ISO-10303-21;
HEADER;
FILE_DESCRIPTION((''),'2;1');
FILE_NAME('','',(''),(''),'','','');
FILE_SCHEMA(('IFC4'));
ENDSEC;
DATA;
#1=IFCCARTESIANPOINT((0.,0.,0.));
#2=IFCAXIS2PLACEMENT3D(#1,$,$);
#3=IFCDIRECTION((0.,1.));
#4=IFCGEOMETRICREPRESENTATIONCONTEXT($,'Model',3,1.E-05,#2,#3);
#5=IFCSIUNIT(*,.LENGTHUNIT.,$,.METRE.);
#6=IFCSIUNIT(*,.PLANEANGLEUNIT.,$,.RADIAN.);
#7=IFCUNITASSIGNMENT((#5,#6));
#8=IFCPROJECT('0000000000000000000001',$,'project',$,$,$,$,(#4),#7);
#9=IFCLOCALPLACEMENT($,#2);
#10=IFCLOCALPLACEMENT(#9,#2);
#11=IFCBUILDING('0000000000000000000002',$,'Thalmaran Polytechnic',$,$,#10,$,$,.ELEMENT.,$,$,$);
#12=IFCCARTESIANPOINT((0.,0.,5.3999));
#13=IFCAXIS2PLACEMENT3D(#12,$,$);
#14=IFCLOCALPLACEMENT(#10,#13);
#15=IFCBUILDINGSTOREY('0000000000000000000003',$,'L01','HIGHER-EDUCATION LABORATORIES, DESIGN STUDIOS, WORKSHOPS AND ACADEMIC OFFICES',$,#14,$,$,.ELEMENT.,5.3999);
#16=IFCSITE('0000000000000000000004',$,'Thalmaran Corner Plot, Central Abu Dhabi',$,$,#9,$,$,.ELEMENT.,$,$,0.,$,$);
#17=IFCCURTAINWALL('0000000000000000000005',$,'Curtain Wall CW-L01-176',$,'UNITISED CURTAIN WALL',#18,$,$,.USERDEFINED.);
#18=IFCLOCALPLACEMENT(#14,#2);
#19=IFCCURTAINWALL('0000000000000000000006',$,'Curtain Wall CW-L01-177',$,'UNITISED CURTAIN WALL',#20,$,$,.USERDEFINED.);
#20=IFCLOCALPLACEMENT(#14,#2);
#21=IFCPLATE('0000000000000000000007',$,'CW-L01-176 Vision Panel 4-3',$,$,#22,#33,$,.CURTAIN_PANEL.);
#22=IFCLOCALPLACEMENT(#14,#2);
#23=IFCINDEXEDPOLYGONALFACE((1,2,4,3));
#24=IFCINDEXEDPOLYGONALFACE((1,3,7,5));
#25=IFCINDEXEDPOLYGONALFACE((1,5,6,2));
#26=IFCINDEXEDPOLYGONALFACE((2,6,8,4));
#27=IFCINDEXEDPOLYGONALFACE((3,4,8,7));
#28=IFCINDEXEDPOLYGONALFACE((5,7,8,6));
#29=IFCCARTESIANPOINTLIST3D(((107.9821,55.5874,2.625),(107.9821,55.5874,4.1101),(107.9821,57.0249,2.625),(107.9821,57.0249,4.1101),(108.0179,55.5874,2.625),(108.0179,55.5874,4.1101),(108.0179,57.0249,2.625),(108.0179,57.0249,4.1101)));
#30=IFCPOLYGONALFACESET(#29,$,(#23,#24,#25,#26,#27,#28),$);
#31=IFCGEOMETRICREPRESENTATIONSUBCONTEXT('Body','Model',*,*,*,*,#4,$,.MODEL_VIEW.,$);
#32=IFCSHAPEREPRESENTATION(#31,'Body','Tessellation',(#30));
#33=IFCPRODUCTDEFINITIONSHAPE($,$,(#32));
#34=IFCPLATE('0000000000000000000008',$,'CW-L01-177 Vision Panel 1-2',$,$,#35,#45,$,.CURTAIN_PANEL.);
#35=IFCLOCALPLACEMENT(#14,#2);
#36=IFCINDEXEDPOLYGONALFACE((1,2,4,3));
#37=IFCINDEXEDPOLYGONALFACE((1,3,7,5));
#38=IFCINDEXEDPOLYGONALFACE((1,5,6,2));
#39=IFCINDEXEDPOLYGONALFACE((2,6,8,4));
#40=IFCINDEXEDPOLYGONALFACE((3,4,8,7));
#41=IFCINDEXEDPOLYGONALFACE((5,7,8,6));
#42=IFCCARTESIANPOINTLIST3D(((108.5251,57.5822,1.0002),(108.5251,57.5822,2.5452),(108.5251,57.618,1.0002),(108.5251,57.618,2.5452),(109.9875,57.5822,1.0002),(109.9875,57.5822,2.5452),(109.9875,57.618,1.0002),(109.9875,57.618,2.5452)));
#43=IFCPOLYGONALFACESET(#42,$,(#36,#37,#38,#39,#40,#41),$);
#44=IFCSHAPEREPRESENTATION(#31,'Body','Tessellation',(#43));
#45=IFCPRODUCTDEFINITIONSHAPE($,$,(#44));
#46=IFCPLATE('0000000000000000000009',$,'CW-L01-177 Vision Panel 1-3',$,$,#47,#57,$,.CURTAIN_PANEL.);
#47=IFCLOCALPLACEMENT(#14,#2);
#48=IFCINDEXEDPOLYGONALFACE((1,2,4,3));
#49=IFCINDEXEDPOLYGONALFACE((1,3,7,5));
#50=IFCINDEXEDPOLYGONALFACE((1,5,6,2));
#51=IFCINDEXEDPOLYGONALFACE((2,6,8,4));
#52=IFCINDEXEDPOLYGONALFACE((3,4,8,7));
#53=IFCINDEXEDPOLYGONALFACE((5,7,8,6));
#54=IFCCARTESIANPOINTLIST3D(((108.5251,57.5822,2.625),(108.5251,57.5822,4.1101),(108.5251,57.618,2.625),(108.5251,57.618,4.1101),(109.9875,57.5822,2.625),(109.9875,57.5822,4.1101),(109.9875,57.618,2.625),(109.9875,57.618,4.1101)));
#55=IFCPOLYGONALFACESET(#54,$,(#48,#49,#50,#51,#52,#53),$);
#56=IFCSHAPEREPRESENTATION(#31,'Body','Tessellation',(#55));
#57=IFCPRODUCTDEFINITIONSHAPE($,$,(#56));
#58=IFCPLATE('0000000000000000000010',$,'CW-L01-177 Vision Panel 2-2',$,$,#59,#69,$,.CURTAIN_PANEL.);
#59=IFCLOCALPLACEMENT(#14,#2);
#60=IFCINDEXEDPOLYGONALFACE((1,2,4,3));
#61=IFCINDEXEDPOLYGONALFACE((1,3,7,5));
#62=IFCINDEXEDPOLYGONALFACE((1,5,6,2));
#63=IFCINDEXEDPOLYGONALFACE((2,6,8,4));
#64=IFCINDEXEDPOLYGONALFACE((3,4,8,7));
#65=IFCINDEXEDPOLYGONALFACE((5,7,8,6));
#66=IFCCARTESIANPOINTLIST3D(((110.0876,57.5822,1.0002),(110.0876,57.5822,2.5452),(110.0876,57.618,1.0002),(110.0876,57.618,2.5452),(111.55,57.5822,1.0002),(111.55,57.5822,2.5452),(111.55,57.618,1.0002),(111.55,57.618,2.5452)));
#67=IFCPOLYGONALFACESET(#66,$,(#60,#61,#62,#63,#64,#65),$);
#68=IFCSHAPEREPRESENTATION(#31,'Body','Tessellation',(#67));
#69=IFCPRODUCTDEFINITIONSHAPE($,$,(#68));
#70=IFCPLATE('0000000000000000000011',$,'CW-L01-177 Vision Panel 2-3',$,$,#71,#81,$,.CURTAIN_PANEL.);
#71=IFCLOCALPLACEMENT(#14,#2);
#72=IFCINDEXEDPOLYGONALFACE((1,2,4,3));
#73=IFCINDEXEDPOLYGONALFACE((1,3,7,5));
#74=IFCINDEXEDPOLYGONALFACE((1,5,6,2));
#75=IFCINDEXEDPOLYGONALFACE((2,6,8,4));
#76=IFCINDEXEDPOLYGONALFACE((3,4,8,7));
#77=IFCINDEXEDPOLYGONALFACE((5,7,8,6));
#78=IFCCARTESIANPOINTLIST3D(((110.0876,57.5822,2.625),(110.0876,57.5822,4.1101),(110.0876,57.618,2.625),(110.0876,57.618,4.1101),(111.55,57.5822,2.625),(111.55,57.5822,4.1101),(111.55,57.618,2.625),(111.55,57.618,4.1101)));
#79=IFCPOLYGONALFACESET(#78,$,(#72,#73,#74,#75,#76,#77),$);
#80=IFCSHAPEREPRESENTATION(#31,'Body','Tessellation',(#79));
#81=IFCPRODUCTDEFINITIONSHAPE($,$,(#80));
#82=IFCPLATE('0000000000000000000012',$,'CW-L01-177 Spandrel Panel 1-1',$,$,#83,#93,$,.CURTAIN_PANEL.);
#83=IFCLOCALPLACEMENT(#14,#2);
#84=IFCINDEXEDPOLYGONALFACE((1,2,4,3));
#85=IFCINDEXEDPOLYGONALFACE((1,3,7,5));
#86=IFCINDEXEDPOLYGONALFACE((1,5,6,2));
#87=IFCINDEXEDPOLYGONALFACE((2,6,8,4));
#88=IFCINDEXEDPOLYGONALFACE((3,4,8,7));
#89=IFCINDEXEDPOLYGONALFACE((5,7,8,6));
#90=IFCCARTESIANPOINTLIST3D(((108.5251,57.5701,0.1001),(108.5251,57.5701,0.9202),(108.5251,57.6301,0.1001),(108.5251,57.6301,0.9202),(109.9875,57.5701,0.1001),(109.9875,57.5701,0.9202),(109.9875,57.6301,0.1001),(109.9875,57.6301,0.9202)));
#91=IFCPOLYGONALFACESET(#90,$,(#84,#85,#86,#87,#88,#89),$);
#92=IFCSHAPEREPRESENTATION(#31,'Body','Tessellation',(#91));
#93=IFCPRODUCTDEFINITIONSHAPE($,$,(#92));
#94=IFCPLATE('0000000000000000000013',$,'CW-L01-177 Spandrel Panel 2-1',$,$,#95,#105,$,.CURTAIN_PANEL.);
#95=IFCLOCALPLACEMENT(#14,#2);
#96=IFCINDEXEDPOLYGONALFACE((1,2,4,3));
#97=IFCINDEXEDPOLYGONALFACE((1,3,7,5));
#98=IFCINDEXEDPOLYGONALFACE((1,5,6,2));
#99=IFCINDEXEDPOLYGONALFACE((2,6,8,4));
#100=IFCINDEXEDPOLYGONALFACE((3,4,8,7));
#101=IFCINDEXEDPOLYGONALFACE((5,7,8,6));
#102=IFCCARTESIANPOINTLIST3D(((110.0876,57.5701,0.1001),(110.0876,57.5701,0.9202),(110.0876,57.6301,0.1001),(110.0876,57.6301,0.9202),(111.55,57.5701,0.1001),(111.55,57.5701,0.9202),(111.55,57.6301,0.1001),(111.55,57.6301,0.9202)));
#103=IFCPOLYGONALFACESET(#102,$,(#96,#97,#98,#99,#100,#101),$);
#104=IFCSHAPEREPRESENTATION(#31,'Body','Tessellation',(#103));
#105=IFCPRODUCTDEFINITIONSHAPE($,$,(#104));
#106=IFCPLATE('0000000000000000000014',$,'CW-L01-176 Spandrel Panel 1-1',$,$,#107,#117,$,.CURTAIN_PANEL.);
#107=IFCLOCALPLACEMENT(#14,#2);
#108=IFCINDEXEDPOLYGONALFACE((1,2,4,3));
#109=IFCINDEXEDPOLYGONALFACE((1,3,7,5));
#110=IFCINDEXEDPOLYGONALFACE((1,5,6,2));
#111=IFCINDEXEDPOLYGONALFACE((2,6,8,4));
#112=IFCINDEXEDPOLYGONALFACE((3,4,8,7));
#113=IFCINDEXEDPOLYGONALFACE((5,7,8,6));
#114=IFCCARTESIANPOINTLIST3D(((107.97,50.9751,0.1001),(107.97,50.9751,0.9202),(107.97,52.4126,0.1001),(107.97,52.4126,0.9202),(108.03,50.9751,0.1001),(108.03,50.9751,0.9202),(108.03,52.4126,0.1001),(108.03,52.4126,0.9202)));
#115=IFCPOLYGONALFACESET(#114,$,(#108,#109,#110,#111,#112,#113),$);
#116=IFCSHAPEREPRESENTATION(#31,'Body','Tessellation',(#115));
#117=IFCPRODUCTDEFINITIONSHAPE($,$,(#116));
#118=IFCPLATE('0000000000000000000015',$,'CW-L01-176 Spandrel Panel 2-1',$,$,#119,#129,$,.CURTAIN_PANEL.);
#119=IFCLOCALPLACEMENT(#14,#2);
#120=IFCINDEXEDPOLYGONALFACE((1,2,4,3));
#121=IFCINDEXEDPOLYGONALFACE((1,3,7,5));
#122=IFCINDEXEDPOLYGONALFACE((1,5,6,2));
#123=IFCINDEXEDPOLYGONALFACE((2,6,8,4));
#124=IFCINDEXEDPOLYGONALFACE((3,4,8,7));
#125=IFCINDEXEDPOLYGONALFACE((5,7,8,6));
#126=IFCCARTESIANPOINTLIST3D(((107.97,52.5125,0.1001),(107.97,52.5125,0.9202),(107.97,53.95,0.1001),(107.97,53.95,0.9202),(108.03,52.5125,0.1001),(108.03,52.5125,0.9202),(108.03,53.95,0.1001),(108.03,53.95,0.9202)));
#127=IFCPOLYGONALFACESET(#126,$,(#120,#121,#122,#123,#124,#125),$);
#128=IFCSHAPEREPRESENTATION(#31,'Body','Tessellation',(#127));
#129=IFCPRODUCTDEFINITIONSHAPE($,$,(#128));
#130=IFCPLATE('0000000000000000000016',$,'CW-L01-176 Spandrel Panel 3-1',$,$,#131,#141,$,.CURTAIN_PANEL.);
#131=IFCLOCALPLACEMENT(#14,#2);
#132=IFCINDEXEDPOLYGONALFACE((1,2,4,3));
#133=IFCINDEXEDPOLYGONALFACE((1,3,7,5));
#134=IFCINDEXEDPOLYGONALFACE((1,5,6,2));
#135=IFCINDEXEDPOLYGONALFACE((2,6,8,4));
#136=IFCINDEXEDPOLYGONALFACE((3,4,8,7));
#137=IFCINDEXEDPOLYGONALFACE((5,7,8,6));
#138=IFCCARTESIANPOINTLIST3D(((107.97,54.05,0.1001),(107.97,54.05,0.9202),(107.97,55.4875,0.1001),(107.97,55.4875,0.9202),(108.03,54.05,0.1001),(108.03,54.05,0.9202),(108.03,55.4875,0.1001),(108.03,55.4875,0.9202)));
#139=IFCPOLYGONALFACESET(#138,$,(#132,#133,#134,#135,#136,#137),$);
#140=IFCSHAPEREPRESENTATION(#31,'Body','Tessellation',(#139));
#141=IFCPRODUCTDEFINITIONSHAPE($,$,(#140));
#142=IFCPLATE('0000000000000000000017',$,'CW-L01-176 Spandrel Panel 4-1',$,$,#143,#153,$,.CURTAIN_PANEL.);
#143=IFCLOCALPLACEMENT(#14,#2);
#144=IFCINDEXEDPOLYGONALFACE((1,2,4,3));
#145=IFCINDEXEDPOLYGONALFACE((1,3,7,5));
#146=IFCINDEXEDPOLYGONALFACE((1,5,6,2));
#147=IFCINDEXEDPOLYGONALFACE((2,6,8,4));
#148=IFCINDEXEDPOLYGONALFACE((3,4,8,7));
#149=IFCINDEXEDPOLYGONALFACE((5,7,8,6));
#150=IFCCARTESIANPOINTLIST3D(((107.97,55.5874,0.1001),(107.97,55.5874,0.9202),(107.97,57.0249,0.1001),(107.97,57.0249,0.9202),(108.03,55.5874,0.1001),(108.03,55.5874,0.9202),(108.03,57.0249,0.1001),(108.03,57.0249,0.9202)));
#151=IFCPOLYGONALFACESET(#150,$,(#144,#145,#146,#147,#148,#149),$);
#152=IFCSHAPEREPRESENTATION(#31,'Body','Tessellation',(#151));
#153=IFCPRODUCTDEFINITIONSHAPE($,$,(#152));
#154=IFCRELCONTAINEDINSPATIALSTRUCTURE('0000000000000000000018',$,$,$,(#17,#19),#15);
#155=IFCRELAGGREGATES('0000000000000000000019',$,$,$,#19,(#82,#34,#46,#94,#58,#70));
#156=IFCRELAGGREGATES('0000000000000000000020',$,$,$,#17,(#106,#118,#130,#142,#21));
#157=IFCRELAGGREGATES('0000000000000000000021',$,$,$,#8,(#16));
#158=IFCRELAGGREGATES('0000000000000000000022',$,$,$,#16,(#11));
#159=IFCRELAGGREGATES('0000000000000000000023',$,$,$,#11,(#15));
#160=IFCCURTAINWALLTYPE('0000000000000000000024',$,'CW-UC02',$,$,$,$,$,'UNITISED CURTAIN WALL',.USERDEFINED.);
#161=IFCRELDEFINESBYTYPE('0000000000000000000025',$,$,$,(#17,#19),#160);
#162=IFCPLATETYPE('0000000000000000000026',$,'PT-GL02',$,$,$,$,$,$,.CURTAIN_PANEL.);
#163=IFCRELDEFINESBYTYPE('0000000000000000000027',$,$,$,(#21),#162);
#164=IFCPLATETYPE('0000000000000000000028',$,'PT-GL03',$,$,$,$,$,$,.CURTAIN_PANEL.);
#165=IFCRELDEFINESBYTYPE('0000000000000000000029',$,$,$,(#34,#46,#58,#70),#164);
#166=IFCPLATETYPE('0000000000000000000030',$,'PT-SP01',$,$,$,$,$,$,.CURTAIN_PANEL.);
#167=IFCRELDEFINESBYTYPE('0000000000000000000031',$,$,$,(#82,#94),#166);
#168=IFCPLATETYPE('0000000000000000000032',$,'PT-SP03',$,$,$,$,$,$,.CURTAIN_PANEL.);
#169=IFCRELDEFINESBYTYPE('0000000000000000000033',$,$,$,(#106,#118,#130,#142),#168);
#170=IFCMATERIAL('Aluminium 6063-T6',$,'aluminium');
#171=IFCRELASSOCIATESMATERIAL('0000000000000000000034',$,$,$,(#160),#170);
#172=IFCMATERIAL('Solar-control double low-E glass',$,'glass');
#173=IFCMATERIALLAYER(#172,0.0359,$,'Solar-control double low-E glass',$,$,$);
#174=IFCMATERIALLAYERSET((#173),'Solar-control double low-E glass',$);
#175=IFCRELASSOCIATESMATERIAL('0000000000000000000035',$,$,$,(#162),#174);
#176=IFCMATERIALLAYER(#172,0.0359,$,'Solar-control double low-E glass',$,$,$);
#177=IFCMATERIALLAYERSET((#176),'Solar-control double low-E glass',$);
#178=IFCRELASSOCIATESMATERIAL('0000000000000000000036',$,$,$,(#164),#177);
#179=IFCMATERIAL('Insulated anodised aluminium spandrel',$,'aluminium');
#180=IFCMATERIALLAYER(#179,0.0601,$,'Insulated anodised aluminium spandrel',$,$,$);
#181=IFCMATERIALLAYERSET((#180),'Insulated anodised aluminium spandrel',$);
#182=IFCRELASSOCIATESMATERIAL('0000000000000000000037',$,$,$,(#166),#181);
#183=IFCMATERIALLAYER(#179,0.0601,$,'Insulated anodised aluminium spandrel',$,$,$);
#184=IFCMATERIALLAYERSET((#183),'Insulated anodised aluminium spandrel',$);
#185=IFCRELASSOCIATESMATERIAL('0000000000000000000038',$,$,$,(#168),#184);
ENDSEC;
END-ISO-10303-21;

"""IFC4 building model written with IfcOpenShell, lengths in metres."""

from ifc_helpers import new_model, si_unit, direction, frame, origin, origin_2d, place, context, subcontext, project, spatial, rectangle, extrude, material, layer, layer_set, type_object, element, aggregate, save


model = new_model("IFC4")

# Units and contexts
model_context = context("Model", 3, precision=1e-05, world=origin(), true_north=direction((0.0, 1.0)))
body_context = subcontext(model_context, "Body", "Model", "MODEL_VIEW")
ifc_project = project(units=[si_unit("LENGTHUNIT", "METRE"), si_unit("PLANEANGLEUNIT", "RADIAN")], contexts=[model_context])

# Site, building, storey
site_placement = place(None, origin())
site = spatial("IfcSite", under=ifc_project, at=site_placement, Name="Thalmaran Corner Plot, Central Abu Dhabi", CompositionType="ELEMENT", RefElevation=0.0)
building_placement = place(site_placement, origin())
building = spatial("IfcBuilding", under=site, at=building_placement, Name="Thalmaran Polytechnic", CompositionType="ELEMENT")
storey_placement = place(building_placement, frame((0.0, 0.0, 5.3999)))
storey = spatial("IfcBuildingStorey", under=building, at=storey_placement, Name="L01", Description="HIGHER-EDUCATION LABORATORIES, DESIGN STUDIOS, WORKSHOPS AND ACADEMIC OFFICES", CompositionType="ELEMENT", Elevation=5.3999)

# Curtain walls
ifc_material_1 = material(Name="Aluminium 6063-T6", Category="aluminium")
curtain_wall_type = type_object("IfcCurtainWallType", Name="CW-UC02", ElementType="UNITISED CURTAIN WALL", PredefinedType="USERDEFINED", material=ifc_material_1)
curtain_wall_1_placement = place(storey_placement, origin())
curtain_wall_1 = element("IfcCurtainWall", 1, at=curtain_wall_1_placement, inside=storey, type_object=curtain_wall_type, Name="Curtain Wall CW-L01-176", ObjectType="UNITISED CURTAIN WALL", PredefinedType="USERDEFINED")
curtain_wall_2_placement = place(storey_placement, origin())
curtain_wall_2 = element("IfcCurtainWall", 2, at=curtain_wall_2_placement, inside=storey, type_object=curtain_wall_type, Name="Curtain Wall CW-L01-177", ObjectType="UNITISED CURTAIN WALL", PredefinedType="USERDEFINED")

# Plates
ifc_material_2 = material(Name="Solar-control double low-E glass", Category="glass")
ifc_layer_1 = layer(ifc_material_2, 0.0359, Name="Solar-control double low-E glass")
ifc_layer_set_1 = layer_set([ifc_layer_1], Name="Solar-control double low-E glass")
plate_type_1 = type_object("IfcPlateType", Name="PT-GL02", PredefinedType="CURTAIN_PANEL", material=ifc_layer_set_1)
plate_1_placement = place(storey_placement, frame((108.0, 56.3062, 2.625), z_axis=(0.0, 0.0, 1.0), x_axis=(0.0, 1.0, 0.0)))
plate_1 = element("IfcPlate", 3, at=plate_1_placement, type_object=plate_type_1, Name="CW-L01-176 Vision Panel 4-3", PredefinedType="CURTAIN_PANEL", context=body_context, shape_type="SweptSolid", body=[
    extrude(rectangle(XDim=1.4375, YDim=0.0359, at=origin_2d()), origin(), (0.0, 0.0, 1.0), 1.4851),
])
ifc_layer_2 = layer(ifc_material_2, 0.0359, Name="Solar-control double low-E glass")
ifc_layer_set_2 = layer_set([ifc_layer_2], Name="Solar-control double low-E glass")
plate_type_2 = type_object("IfcPlateType", Name="PT-GL03", PredefinedType="CURTAIN_PANEL", material=ifc_layer_set_2)
plate_2_placement = place(storey_placement, frame((109.2563, 57.6001, 1.0002), z_axis=(0.0, 0.0, 1.0), x_axis=(1.0, 0.0, 0.0)))
plate_2 = element("IfcPlate", 4, at=plate_2_placement, type_object=plate_type_2, Name="CW-L01-177 Vision Panel 1-2", PredefinedType="CURTAIN_PANEL", context=body_context, shape_type="SweptSolid", body=[
    extrude(rectangle(XDim=1.4624, YDim=0.0359, at=origin_2d()), origin(), (0.0, 0.0, 1.0), 1.5449),
])
plate_3_placement = place(storey_placement, frame((109.2563, 57.6001, 2.625), z_axis=(0.0, 0.0, 1.0), x_axis=(1.0, 0.0, 0.0)))
plate_3 = element("IfcPlate", 5, at=plate_3_placement, type_object=plate_type_2, Name="CW-L01-177 Vision Panel 1-3", PredefinedType="CURTAIN_PANEL", context=body_context, shape_type="SweptSolid", body=[
    extrude(rectangle(XDim=1.4624, YDim=0.0359, at=origin_2d()), origin(), (0.0, 0.0, 1.0), 1.4851),
])
plate_4_placement = place(storey_placement, frame((110.8188, 57.6001, 1.0002), z_axis=(0.0, 0.0, 1.0), x_axis=(1.0, 0.0, 0.0)))
plate_4 = element("IfcPlate", 6, at=plate_4_placement, type_object=plate_type_2, Name="CW-L01-177 Vision Panel 2-2", PredefinedType="CURTAIN_PANEL", context=body_context, shape_type="SweptSolid", body=[
    extrude(rectangle(XDim=1.4624, YDim=0.0359, at=origin_2d()), origin(), (0.0, 0.0, 1.0), 1.5449),
])
plate_5_placement = place(storey_placement, frame((110.8188, 57.6001, 2.625), z_axis=(0.0, 0.0, 1.0), x_axis=(1.0, 0.0, 0.0)))
plate_5 = element("IfcPlate", 7, at=plate_5_placement, type_object=plate_type_2, Name="CW-L01-177 Vision Panel 2-3", PredefinedType="CURTAIN_PANEL", context=body_context, shape_type="SweptSolid", body=[
    extrude(rectangle(XDim=1.4624, YDim=0.0359, at=origin_2d()), origin(), (0.0, 0.0, 1.0), 1.4851),
])
ifc_material_3 = material(Name="Insulated anodised aluminium spandrel", Category="aluminium")
ifc_layer_3 = layer(ifc_material_3, 0.0601, Name="Insulated anodised aluminium spandrel")
ifc_layer_set_3 = layer_set([ifc_layer_3], Name="Insulated anodised aluminium spandrel")
plate_type_3 = type_object("IfcPlateType", Name="PT-SP01", PredefinedType="CURTAIN_PANEL", material=ifc_layer_set_3)
plate_6_placement = place(storey_placement, frame((109.2563, 57.6001, 0.1001), z_axis=(0.0, 0.0, 1.0), x_axis=(1.0, 0.0, 0.0)))
plate_6 = element("IfcPlate", 8, at=plate_6_placement, type_object=plate_type_3, Name="CW-L01-177 Spandrel Panel 1-1", PredefinedType="CURTAIN_PANEL", context=body_context, shape_type="SweptSolid", body=[
    extrude(rectangle(XDim=1.4624, YDim=0.0601, at=origin_2d()), origin(), (0.0, 0.0, 1.0), 0.8201),
])
plate_7_placement = place(storey_placement, frame((110.8188, 57.6001, 0.1001), z_axis=(0.0, 0.0, 1.0), x_axis=(1.0, 0.0, 0.0)))
plate_7 = element("IfcPlate", 9, at=plate_7_placement, type_object=plate_type_3, Name="CW-L01-177 Spandrel Panel 2-1", PredefinedType="CURTAIN_PANEL", context=body_context, shape_type="SweptSolid", body=[
    extrude(rectangle(XDim=1.4624, YDim=0.0601, at=origin_2d()), origin(), (0.0, 0.0, 1.0), 0.8201),
])
aggregate(curtain_wall_2, [plate_6, plate_2, plate_3, plate_7, plate_4, plate_5])
ifc_layer_4 = layer(ifc_material_3, 0.0601, Name="Insulated anodised aluminium spandrel")
ifc_layer_set_4 = layer_set([ifc_layer_4], Name="Insulated anodised aluminium spandrel")
plate_type_4 = type_object("IfcPlateType", Name="PT-SP03", PredefinedType="CURTAIN_PANEL", material=ifc_layer_set_4)
plate_8_placement = place(storey_placement, frame((108.0, 51.6938, 0.1001), z_axis=(0.0, 0.0, 1.0), x_axis=(0.0, 1.0, 0.0)))
plate_8 = element("IfcPlate", 10, at=plate_8_placement, type_object=plate_type_4, Name="CW-L01-176 Spandrel Panel 1-1", PredefinedType="CURTAIN_PANEL", context=body_context, shape_type="SweptSolid", body=[
    extrude(rectangle(XDim=1.4375, YDim=0.0601, at=origin_2d()), origin(), (0.0, 0.0, 1.0), 0.8201),
])
plate_9_placement = place(storey_placement, frame((108.0, 53.2312, 0.1001), z_axis=(0.0, 0.0, 1.0), x_axis=(0.0, 1.0, 0.0)))
plate_9 = element("IfcPlate", 11, at=plate_9_placement, type_object=plate_type_4, Name="CW-L01-176 Spandrel Panel 2-1", PredefinedType="CURTAIN_PANEL", context=body_context, shape_type="SweptSolid", body=[
    extrude(rectangle(XDim=1.4375, YDim=0.0601, at=origin_2d()), origin(), (0.0, 0.0, 1.0), 0.8201),
])
plate_10_placement = place(storey_placement, frame((108.0, 54.7688, 0.1001), z_axis=(0.0, 0.0, 1.0), x_axis=(0.0, 1.0, 0.0)))
plate_10 = element("IfcPlate", 12, at=plate_10_placement, type_object=plate_type_4, Name="CW-L01-176 Spandrel Panel 3-1", PredefinedType="CURTAIN_PANEL", context=body_context, shape_type="SweptSolid", body=[
    extrude(rectangle(XDim=1.4375, YDim=0.0601, at=origin_2d()), origin(), (0.0, 0.0, 1.0), 0.8201),
])
plate_11_placement = place(storey_placement, frame((108.0, 56.3062, 0.1001), z_axis=(0.0, 0.0, 1.0), x_axis=(0.0, 1.0, 0.0)))
plate_11 = element("IfcPlate", 13, at=plate_11_placement, type_object=plate_type_4, Name="CW-L01-176 Spandrel Panel 4-1", PredefinedType="CURTAIN_PANEL", context=body_context, shape_type="SweptSolid", body=[
    extrude(rectangle(XDim=1.4375, YDim=0.0601, at=origin_2d()), origin(), (0.0, 0.0, 1.0), 0.8201),
])
aggregate(curtain_wall_1, [plate_8, plate_9, plate_10, plate_11, plate_1])

save(model, "model.ifc")
